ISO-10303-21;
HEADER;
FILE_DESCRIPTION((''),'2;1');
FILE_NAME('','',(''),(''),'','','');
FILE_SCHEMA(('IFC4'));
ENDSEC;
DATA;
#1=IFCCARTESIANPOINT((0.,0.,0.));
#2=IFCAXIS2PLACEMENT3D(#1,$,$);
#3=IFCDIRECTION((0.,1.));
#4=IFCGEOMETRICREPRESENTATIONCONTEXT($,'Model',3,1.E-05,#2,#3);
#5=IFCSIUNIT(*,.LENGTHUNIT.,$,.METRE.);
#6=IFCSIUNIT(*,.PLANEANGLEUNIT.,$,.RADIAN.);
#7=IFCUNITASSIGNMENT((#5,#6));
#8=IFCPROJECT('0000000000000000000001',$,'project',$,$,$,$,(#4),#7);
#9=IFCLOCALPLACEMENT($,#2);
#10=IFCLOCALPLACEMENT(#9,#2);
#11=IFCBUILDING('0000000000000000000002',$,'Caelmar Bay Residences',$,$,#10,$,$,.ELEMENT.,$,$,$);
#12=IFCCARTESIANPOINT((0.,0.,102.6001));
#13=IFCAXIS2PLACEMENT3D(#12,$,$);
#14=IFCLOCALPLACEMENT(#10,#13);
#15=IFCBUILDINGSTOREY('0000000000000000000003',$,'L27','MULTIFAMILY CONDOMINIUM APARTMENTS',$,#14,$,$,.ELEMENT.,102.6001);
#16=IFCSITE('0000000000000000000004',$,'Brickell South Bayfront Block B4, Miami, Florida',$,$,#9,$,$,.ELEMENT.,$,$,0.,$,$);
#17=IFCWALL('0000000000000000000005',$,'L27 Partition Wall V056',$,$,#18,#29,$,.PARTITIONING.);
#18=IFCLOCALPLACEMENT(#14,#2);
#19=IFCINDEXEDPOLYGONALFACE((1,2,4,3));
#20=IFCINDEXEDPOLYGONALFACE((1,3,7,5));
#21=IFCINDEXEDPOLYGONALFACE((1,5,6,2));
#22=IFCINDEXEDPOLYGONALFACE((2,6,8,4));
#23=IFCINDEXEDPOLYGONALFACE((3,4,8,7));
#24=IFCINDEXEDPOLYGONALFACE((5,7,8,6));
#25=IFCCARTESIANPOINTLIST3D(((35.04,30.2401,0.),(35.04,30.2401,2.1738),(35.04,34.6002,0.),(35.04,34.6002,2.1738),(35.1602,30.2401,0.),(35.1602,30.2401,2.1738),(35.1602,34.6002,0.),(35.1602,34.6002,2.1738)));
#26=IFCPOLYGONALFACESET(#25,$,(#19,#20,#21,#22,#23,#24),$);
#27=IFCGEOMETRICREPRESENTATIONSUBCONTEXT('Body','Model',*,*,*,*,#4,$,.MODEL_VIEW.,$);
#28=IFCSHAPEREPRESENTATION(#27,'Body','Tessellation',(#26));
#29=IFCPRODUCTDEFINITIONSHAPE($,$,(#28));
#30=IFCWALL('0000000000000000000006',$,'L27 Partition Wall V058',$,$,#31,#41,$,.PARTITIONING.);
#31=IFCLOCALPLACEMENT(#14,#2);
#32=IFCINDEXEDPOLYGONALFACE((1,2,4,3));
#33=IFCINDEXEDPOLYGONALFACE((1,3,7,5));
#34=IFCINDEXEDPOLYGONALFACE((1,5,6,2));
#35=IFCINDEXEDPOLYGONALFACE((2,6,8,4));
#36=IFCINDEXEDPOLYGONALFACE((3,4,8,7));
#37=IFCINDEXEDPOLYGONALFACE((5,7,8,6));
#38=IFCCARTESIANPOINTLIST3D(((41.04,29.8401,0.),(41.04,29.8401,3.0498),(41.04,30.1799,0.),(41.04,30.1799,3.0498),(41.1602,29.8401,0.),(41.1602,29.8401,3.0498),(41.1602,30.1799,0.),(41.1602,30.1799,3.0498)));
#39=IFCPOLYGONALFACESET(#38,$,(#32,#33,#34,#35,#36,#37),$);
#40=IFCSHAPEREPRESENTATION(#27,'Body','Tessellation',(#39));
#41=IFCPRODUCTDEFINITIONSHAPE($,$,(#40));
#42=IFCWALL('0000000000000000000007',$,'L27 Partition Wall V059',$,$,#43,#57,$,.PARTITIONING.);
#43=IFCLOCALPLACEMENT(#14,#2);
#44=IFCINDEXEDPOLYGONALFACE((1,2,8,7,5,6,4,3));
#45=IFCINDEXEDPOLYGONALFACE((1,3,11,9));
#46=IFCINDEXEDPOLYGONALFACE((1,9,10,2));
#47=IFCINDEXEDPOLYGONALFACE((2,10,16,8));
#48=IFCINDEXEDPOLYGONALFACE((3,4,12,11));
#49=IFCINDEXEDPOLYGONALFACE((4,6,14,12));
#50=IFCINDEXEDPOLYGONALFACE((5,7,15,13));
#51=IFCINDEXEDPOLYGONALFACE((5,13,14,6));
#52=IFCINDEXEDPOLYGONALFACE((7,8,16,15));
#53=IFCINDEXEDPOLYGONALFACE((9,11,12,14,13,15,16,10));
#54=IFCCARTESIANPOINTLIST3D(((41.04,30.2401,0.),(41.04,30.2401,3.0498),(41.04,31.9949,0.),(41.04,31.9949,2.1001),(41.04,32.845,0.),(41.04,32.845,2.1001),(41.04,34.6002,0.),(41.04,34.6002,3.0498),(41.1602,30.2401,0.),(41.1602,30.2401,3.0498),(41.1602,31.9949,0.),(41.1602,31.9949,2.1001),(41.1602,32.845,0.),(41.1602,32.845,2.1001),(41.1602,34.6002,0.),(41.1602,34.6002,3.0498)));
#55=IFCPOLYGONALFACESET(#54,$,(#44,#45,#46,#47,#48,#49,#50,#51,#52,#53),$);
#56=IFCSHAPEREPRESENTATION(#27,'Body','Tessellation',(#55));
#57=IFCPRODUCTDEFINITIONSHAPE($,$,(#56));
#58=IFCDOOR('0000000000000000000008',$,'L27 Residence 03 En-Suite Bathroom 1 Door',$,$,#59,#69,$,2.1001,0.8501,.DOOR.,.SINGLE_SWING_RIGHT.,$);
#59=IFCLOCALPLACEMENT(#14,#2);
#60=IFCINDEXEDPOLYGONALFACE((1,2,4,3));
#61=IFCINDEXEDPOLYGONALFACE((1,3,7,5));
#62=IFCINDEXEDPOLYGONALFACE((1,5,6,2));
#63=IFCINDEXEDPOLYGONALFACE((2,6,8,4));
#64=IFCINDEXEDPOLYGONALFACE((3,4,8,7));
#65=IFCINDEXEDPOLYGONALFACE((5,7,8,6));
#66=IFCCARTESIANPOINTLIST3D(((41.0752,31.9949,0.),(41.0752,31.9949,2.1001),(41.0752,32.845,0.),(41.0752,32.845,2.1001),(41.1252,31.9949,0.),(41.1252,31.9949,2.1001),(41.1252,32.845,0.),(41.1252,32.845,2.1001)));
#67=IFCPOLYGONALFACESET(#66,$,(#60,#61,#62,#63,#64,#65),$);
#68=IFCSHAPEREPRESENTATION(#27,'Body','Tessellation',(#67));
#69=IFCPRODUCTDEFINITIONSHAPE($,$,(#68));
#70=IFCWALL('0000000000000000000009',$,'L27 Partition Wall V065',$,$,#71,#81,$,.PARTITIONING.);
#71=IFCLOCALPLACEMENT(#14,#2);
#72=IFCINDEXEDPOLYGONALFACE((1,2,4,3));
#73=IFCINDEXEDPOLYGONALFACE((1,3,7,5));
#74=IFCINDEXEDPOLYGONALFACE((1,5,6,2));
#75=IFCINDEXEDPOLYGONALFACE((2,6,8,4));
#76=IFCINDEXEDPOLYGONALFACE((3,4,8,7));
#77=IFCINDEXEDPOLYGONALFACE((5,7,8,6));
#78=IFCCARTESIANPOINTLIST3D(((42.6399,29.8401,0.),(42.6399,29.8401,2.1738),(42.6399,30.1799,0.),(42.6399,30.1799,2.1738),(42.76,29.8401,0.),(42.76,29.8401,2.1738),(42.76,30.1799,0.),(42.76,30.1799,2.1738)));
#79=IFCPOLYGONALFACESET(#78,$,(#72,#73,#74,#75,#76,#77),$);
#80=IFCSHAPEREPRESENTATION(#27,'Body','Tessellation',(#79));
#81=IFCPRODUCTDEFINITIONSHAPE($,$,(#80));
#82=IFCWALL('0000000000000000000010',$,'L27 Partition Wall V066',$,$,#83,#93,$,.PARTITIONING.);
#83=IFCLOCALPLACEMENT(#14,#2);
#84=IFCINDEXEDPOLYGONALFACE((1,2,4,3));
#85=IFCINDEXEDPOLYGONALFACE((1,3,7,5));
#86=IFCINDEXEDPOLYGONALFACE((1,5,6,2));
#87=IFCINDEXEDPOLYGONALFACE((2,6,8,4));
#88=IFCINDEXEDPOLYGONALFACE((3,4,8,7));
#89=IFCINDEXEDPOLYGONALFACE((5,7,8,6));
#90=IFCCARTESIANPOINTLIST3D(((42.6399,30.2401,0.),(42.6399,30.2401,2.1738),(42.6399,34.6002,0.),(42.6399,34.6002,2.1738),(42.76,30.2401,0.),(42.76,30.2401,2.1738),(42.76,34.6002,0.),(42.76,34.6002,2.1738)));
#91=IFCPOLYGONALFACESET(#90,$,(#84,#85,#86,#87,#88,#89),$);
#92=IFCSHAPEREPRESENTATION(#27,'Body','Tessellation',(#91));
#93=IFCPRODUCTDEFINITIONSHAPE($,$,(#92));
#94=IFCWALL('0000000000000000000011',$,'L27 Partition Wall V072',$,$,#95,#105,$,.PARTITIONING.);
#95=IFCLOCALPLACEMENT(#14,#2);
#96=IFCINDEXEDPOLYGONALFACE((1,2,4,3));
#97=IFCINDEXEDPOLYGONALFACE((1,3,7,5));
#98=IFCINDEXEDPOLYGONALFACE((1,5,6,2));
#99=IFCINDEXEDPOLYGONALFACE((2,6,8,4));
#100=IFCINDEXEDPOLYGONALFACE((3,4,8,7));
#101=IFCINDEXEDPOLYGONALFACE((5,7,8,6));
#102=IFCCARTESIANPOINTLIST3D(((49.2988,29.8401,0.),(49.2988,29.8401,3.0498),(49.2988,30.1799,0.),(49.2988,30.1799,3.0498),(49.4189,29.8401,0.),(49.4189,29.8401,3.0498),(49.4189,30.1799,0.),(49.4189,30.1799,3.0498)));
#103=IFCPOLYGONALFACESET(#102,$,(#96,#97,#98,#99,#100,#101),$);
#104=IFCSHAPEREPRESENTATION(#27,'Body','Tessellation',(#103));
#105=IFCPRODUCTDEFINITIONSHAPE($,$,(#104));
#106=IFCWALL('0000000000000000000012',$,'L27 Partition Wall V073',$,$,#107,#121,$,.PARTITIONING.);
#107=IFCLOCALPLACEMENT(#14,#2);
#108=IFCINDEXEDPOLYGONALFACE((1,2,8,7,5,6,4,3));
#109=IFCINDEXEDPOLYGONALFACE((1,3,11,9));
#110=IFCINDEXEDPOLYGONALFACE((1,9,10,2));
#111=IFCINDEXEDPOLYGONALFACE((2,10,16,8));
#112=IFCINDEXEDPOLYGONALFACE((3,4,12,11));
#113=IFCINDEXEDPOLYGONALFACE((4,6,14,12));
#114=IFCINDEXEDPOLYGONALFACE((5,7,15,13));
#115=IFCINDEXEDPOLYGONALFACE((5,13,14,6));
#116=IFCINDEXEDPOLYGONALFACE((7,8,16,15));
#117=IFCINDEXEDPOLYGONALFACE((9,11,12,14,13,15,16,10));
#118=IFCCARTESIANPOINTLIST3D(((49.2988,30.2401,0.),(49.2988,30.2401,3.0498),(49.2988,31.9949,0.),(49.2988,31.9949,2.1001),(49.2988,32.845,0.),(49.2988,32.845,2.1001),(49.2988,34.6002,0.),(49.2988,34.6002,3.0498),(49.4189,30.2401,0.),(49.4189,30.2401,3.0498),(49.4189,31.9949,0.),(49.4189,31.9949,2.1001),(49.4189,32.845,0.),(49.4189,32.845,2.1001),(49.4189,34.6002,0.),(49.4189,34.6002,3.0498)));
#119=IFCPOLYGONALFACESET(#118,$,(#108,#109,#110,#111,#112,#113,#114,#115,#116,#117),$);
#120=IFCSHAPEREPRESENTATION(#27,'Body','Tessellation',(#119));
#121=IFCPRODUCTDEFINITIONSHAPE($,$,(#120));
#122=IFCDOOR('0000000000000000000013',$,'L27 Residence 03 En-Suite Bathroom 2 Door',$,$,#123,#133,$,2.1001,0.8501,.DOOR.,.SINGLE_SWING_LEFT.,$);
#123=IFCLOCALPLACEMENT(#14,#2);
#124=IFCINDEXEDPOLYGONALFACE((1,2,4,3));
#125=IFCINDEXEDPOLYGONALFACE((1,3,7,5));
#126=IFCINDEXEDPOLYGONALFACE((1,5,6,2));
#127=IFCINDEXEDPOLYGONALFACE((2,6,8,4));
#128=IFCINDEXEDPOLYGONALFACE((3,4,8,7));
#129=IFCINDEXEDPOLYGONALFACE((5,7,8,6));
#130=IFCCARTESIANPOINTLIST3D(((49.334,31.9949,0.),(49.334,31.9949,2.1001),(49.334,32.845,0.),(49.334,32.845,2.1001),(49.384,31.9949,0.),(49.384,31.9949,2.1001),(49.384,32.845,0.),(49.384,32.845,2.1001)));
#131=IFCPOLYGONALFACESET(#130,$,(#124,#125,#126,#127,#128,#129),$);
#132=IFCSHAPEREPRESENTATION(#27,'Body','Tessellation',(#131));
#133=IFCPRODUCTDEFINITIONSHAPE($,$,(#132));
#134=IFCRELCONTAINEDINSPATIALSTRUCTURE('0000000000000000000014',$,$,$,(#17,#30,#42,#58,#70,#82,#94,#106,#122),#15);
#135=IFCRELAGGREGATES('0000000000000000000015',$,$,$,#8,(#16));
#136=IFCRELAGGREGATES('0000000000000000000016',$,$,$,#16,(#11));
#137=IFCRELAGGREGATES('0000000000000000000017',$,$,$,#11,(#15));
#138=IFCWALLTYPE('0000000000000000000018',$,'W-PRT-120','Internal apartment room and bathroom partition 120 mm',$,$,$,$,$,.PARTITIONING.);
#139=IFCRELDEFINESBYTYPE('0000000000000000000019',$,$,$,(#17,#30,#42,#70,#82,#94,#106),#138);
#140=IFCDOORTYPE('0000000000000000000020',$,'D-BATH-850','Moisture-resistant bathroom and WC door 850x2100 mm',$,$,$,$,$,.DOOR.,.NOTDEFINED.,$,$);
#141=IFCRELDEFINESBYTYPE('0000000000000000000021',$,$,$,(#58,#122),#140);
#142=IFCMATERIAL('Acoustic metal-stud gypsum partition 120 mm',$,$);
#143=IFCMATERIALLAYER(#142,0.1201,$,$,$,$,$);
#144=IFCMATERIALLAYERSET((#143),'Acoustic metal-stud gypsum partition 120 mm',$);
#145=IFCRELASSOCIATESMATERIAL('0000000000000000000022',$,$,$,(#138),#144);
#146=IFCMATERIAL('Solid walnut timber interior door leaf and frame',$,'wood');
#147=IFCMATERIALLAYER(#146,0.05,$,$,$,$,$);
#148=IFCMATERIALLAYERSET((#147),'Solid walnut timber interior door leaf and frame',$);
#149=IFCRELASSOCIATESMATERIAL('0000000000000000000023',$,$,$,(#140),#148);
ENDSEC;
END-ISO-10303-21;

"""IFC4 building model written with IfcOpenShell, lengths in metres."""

from ifc_helpers import new_model, si_unit, direction, frame, frame_2d, origin, place, context, subcontext, project, spatial, rectangle, extrude, material, layer, layer_set, type_object, element, fill, save


model = new_model("IFC4")

# Units and contexts
model_context = context("Model", 3, precision=1e-05, world=origin(), true_north=direction((0.0, 1.0)))
body_context = subcontext(model_context, "Body", "Model", "MODEL_VIEW")
ifc_project = project(units=[si_unit("LENGTHUNIT", "METRE"), si_unit("PLANEANGLEUNIT", "RADIAN")], contexts=[model_context])

# Site, building, storey
site_placement = place(None, origin())
site = spatial("IfcSite", under=ifc_project, at=site_placement, Name="Brickell South Bayfront Block B4, Miami, Florida", CompositionType="ELEMENT", RefElevation=0.0)
building_placement = place(site_placement, origin())
building = spatial("IfcBuilding", under=site, at=building_placement, Name="Caelmar Bay Residences", CompositionType="ELEMENT")
storey_placement = place(building_placement, frame((0.0, 0.0, 102.6001)))
storey = spatial("IfcBuildingStorey", under=building, at=storey_placement, Name="L27", Description="MULTIFAMILY CONDOMINIUM APARTMENTS", CompositionType="ELEMENT", Elevation=102.6001)

# Walls
ifc_material_1 = material(Name="Acoustic metal-stud gypsum partition 120 mm")
ifc_layer_1 = layer(ifc_material_1, 0.1201)
ifc_layer_set_1 = layer_set([ifc_layer_1], Name="Acoustic metal-stud gypsum partition 120 mm")
wall_type_1 = type_object("IfcWallType", Name="W-PRT-120", Description="Internal apartment room and bathroom partition 120 mm", PredefinedType="PARTITIONING", material=ifc_layer_set_1)
wall_1_placement = place(storey_placement, frame((35.1001, 30.24, 0.0), z_axis=(0.0, 0.0, 1.0), x_axis=(0.0, 1.0, 0.0)))
element("IfcWall", 1, at=wall_1_placement, inside=storey, type_object=wall_type_1, Name="L27 Partition Wall V056", PredefinedType="PARTITIONING", context=body_context, shape_type="SweptSolid", body=[
    extrude(rectangle(XDim=4.3601, YDim=0.1201, at=frame_2d((2.1802, 0.0))), origin(), (0.0, 0.0, 1.0), 2.1738),
])
wall_2_placement = place(storey_placement, frame((41.1001, 29.8401, 0.0), z_axis=(0.0, 0.0, 1.0), x_axis=(0.0, 1.0, 0.0)))
element("IfcWall", 2, at=wall_2_placement, inside=storey, type_object=wall_type_1, Name="L27 Partition Wall V058", PredefinedType="PARTITIONING", context=body_context, shape_type="SweptSolid", body=[
    extrude(rectangle(XDim=0.3398, YDim=0.1201, at=frame_2d((0.1699, 0.0))), origin(), (0.0, 0.0, 1.0), 3.0498),
])

# Wall, opening, door
wall_3_placement = place(storey_placement, frame((41.1001, 30.24, 0.0), z_axis=(0.0, 0.0, 1.0), x_axis=(0.0, 1.0, 0.0)))
wall_3 = element("IfcWall", 3, at=wall_3_placement, inside=storey, type_object=wall_type_1, Name="L27 Partition Wall V059", PredefinedType="PARTITIONING", context=body_context, shape_type="SweptSolid", body=[
    extrude(rectangle(XDim=4.3601, YDim=0.1201, at=frame_2d((2.1802, 0.0))), origin(), (0.0, 0.0, 1.0), 3.0498),
])
opening_1_placement = place(wall_3_placement, frame((1.7549, 0.0, 0.0)))
opening_1 = element("IfcOpeningElement", 4, at=opening_1_placement, cuts=wall_3, PredefinedType="OPENING", context=body_context, shape_type="SweptSolid", body=[
    extrude(rectangle(XDim=0.8501, YDim=2.1001, at=frame_2d((0.425, 1.05))), frame((0.0, 0.0701, 0.0), z_axis=(0.0, -1.0, 0.0), x_axis=(1.0, 0.0, 0.0)), (0.0, 0.0, 1.0), 0.1401),
])
ifc_material_2 = material(Name="Solid walnut timber interior door leaf and frame", Category="wood")
ifc_layer_2 = layer(ifc_material_2, 0.05)
ifc_layer_set_2 = layer_set([ifc_layer_2], Name="Solid walnut timber interior door leaf and frame")
door_type_1 = type_object("IfcDoorType", Name="D-BATH-850", Description="Moisture-resistant bathroom and WC door 850x2100 mm", OperationType="NOTDEFINED", PredefinedType="DOOR", material=ifc_layer_set_2)
door_1_placement = place(opening_1_placement, origin())
door_1 = element("IfcDoor", 5, at=door_1_placement, inside=storey, type_object=door_type_1, Name="L27 Residence 03 En-Suite Bathroom 1 Door", OperationType="SINGLE_SWING_RIGHT", OverallHeight=2.1001, OverallWidth=0.8501, PredefinedType="DOOR", context=body_context, shape_type="SweptSolid", body=[
    extrude(rectangle(XDim=0.8501, YDim=2.1001, at=frame_2d((0.425, 1.05))), frame((0.0, 0.0249, 0.0), z_axis=(0.0, -1.0, 0.0), x_axis=(1.0, 0.0, 0.0)), (0.0, 0.0, 1.0), 0.05),
])
fill(opening_1, door_1)

# Walls
wall_4_placement = place(storey_placement, frame((42.7, 29.8401, 0.0), z_axis=(0.0, 0.0, 1.0), x_axis=(0.0, 1.0, 0.0)))
element("IfcWall", 6, at=wall_4_placement, inside=storey, type_object=wall_type_1, Name="L27 Partition Wall V065", PredefinedType="PARTITIONING", context=body_context, shape_type="SweptSolid", body=[
    extrude(rectangle(XDim=0.3398, YDim=0.1201, at=frame_2d((0.1699, 0.0))), origin(), (0.0, 0.0, 1.0), 2.1738),
])
wall_5_placement = place(storey_placement, frame((42.7, 30.24, 0.0), z_axis=(0.0, 0.0, 1.0), x_axis=(0.0, 1.0, 0.0)))
element("IfcWall", 7, at=wall_5_placement, inside=storey, type_object=wall_type_1, Name="L27 Partition Wall V066", PredefinedType="PARTITIONING", context=body_context, shape_type="SweptSolid", body=[
    extrude(rectangle(XDim=4.3601, YDim=0.1201, at=frame_2d((2.1802, 0.0))), origin(), (0.0, 0.0, 1.0), 2.1738),
])
wall_6_placement = place(storey_placement, frame((49.3589, 29.8401, 0.0), z_axis=(0.0, 0.0, 1.0), x_axis=(0.0, 1.0, 0.0)))
element("IfcWall", 8, at=wall_6_placement, inside=storey, type_object=wall_type_1, Name="L27 Partition Wall V072", PredefinedType="PARTITIONING", context=body_context, shape_type="SweptSolid", body=[
    extrude(rectangle(XDim=0.3398, YDim=0.1201, at=frame_2d((0.1699, 0.0))), origin(), (0.0, 0.0, 1.0), 3.0498),
])

# Wall, opening, door
wall_7_placement = place(storey_placement, frame((49.3589, 30.24, 0.0), z_axis=(0.0, 0.0, 1.0), x_axis=(0.0, 1.0, 0.0)))
wall_7 = element("IfcWall", 9, at=wall_7_placement, inside=storey, type_object=wall_type_1, Name="L27 Partition Wall V073", PredefinedType="PARTITIONING", context=body_context, shape_type="SweptSolid", body=[
    extrude(rectangle(XDim=4.3601, YDim=0.1201, at=frame_2d((2.1802, 0.0))), origin(), (0.0, 0.0, 1.0), 3.0498),
])
opening_2_placement = place(wall_7_placement, frame((1.7549, 0.0, 0.0)))
opening_2 = element("IfcOpeningElement", 10, at=opening_2_placement, cuts=wall_7, PredefinedType="OPENING", context=body_context, shape_type="SweptSolid", body=[
    extrude(rectangle(XDim=0.8501, YDim=2.1001, at=frame_2d((0.425, 1.05))), frame((0.0, 0.0701, 0.0), z_axis=(0.0, -1.0, 0.0), x_axis=(1.0, 0.0, 0.0)), (0.0, 0.0, 1.0), 0.1401),
])
door_2_placement = place(opening_2_placement, origin())
door_2 = element("IfcDoor", 11, at=door_2_placement, inside=storey, type_object=door_type_1, Name="L27 Residence 03 En-Suite Bathroom 2 Door", OperationType="SINGLE_SWING_LEFT", OverallHeight=2.1001, OverallWidth=0.8501, PredefinedType="DOOR", context=body_context, shape_type="SweptSolid", body=[
    extrude(rectangle(XDim=0.8501, YDim=2.1001, at=frame_2d((0.425, 1.05))), frame((0.0, 0.0249, 0.0), z_axis=(0.0, -1.0, 0.0), x_axis=(1.0, 0.0, 0.0)), (0.0, 0.0, 1.0), 0.05),
])
fill(opening_2, door_2)

save(model, "model.ifc")
